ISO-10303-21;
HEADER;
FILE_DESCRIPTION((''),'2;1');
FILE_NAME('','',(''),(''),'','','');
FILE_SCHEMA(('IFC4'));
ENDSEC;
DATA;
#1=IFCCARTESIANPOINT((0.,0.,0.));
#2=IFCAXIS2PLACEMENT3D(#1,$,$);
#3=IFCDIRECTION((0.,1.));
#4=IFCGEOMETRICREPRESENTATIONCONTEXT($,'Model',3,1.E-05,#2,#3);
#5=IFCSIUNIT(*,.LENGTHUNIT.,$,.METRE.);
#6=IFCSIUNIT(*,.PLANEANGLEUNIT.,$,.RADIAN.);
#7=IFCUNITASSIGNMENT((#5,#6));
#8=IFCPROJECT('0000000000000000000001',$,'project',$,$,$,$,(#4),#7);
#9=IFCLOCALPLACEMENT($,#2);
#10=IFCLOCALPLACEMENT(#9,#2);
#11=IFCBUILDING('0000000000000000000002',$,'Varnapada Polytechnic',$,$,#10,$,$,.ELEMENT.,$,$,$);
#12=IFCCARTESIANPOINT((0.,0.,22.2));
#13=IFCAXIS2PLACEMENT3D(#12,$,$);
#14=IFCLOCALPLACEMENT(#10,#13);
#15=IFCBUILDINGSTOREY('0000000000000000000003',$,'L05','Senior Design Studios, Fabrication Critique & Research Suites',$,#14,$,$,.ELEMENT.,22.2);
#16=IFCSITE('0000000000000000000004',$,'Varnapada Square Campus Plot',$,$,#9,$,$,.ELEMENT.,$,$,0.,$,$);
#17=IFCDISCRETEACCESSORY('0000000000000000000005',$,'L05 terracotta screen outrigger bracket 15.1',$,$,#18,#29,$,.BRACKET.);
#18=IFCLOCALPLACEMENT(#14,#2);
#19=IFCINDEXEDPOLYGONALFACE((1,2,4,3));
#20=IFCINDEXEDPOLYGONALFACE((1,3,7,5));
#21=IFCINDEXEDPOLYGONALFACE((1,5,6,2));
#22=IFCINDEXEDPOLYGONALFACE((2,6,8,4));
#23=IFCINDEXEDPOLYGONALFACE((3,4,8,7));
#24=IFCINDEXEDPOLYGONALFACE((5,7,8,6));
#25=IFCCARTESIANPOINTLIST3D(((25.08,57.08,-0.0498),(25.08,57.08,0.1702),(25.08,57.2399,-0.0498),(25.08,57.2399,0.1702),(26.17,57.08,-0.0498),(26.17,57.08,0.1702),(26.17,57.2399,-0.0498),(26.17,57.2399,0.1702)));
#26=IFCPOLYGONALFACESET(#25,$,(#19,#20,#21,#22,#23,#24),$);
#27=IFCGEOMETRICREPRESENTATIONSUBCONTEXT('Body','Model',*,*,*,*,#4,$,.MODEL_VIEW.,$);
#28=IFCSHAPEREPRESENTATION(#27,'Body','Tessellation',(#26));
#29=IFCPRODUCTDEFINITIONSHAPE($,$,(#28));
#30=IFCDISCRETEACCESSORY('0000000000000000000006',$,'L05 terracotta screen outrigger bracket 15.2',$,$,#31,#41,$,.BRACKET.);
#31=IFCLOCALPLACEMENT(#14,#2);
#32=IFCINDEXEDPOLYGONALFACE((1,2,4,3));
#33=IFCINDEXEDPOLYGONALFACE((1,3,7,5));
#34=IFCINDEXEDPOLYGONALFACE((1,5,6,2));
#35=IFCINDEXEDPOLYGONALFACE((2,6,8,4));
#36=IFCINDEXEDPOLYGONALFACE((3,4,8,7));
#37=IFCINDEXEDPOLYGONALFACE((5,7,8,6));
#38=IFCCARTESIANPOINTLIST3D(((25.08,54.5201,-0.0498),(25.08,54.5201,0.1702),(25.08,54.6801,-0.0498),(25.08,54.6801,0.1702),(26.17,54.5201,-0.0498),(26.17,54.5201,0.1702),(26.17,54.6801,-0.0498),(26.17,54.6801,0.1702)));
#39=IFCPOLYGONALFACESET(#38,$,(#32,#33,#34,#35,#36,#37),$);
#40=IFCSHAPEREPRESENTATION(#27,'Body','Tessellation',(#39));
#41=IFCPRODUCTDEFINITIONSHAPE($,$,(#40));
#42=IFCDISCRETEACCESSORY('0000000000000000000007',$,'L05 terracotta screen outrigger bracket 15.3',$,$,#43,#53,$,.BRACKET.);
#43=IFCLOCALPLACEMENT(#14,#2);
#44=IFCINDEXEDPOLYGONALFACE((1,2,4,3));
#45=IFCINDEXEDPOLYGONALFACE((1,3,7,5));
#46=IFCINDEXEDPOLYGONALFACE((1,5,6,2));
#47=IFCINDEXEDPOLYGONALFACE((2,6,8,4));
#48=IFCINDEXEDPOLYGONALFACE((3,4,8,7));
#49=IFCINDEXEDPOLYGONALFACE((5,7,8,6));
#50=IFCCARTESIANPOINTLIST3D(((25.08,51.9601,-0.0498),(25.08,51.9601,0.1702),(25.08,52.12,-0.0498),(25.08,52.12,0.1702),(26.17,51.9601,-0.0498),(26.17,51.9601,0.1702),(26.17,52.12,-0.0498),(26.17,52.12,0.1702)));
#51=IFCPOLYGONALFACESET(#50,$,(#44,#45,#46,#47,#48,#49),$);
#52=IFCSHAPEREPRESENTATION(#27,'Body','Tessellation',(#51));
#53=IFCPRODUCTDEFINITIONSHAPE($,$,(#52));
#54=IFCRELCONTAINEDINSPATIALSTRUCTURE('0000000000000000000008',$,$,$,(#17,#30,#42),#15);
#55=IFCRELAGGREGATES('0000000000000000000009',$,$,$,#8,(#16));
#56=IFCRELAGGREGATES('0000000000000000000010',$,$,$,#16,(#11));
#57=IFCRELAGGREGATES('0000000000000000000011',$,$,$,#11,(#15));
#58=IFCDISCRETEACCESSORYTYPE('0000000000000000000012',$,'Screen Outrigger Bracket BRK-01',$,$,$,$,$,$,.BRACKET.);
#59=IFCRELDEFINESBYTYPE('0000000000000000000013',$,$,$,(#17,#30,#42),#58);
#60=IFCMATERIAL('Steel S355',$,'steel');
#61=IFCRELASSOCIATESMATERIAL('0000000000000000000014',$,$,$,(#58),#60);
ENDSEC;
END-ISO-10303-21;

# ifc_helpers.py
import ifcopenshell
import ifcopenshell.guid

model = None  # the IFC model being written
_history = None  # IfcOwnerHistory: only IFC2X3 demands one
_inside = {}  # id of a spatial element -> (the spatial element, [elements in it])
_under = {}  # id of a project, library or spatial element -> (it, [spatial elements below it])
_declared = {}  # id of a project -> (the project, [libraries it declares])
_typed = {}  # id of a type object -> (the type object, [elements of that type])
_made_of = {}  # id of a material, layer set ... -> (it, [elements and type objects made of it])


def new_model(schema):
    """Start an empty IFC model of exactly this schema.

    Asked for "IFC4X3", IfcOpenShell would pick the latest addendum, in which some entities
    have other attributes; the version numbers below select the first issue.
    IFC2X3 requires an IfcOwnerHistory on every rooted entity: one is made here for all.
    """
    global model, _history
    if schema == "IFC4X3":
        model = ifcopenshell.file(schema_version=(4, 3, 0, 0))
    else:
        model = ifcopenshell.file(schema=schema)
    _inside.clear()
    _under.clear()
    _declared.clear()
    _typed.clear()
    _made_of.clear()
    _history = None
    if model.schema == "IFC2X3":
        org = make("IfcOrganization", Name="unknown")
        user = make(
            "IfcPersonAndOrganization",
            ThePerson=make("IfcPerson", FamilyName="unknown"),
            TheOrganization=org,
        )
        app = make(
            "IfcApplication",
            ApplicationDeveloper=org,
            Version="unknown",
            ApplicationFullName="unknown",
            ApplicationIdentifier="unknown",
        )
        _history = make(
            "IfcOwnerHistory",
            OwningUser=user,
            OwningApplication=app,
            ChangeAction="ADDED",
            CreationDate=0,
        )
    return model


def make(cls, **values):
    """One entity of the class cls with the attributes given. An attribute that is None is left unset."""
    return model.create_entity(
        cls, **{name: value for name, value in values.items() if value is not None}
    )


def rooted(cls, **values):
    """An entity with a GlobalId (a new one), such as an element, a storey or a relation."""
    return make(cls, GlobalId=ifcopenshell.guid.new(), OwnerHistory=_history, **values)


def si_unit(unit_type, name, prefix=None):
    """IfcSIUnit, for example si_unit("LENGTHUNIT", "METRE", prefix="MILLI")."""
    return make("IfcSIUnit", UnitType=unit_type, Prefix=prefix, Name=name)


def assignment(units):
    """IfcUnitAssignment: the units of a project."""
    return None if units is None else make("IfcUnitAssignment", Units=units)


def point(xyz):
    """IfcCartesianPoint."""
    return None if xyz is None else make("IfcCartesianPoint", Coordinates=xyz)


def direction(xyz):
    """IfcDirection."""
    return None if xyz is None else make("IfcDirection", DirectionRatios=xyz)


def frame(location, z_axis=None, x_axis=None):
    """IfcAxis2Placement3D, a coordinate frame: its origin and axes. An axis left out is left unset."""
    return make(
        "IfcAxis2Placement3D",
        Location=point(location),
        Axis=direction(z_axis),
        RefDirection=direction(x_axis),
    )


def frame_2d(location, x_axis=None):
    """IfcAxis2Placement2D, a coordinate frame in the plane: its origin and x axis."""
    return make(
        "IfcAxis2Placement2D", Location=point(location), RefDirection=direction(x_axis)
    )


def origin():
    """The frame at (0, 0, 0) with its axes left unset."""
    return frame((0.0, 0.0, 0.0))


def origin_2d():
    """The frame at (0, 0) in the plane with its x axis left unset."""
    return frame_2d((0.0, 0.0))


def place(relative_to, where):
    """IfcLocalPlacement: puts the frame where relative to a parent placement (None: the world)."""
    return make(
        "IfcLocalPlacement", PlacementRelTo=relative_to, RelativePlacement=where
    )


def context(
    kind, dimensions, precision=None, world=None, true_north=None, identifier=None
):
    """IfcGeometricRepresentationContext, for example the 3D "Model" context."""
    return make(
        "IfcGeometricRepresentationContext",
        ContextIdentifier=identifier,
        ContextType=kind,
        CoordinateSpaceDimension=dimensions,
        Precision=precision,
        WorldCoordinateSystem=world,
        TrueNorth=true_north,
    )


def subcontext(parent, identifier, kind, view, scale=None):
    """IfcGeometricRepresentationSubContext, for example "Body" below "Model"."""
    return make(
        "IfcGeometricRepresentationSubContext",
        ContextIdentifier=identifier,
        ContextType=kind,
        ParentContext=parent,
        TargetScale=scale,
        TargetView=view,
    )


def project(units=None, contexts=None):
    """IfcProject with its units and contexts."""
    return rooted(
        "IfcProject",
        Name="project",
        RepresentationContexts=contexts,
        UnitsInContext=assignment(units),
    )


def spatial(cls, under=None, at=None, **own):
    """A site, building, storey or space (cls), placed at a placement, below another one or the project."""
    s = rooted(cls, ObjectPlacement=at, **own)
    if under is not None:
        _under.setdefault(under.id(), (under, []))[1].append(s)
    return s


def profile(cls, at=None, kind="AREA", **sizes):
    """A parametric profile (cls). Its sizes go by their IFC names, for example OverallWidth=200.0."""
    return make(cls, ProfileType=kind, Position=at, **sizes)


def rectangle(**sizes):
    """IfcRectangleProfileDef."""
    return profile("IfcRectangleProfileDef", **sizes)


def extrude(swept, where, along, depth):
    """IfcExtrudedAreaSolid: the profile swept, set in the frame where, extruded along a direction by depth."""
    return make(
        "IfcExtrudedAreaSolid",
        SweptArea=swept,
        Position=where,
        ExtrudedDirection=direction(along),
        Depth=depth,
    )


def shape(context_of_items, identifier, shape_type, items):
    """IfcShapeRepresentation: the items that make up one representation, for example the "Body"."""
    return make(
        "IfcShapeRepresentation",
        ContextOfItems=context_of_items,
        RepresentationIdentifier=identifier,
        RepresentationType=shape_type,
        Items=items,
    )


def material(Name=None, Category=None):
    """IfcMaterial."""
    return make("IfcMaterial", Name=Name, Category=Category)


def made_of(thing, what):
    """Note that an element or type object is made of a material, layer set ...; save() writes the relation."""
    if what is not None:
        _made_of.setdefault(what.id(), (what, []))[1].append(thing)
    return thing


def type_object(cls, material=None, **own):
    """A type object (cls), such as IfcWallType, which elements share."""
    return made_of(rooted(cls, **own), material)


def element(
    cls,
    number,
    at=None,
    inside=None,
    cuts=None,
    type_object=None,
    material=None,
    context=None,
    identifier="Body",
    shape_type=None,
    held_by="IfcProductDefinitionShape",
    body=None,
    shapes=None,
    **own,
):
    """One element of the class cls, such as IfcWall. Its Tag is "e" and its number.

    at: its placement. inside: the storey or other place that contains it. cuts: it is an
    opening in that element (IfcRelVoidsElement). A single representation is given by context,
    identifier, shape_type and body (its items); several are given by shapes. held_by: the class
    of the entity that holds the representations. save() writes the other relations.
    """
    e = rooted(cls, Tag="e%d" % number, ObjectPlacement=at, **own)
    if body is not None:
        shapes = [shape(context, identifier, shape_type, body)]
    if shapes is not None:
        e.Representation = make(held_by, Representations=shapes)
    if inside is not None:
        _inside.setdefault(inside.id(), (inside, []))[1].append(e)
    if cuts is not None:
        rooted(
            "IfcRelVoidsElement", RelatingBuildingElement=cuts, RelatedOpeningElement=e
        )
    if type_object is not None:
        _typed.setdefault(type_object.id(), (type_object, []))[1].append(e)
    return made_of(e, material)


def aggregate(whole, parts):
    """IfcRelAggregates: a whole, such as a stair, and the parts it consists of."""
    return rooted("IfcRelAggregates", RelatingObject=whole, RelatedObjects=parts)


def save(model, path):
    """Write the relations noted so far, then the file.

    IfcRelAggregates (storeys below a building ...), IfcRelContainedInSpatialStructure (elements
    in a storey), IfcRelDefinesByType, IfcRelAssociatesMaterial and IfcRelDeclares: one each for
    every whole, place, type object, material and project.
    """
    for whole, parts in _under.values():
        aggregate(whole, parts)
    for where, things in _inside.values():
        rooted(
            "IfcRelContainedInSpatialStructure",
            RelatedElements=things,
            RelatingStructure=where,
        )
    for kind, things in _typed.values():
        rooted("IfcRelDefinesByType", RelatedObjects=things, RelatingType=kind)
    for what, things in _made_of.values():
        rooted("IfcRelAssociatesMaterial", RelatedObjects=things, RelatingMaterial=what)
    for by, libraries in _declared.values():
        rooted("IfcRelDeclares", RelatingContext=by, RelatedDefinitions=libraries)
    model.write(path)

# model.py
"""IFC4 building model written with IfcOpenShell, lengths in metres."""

from ifc_helpers import new_model, si_unit, direction, frame, origin, origin_2d, place, context, subcontext, project, spatial, rectangle, extrude, material, type_object, element, save


model = new_model("IFC4")

# Units and contexts
model_context = context("Model", 3, precision=1e-05, world=origin(), true_north=direction((0.0, 1.0)))
body_context = subcontext(model_context, "Body", "Model", "MODEL_VIEW")
ifc_project = project(units=[si_unit("LENGTHUNIT", "METRE"), si_unit("PLANEANGLEUNIT", "RADIAN")], contexts=[model_context])

# Site, building, storey
site_placement = place(None, origin())
site = spatial("IfcSite", under=ifc_project, at=site_placement, Name="Varnapada Square Campus Plot", CompositionType="ELEMENT", RefElevation=0.0)
building_placement = place(site_placement, origin())
building = spatial("IfcBuilding", under=site, at=building_placement, Name="Varnapada Polytechnic", CompositionType="ELEMENT")
storey_placement = place(building_placement, frame((0.0, 0.0, 22.2)))
storey = spatial("IfcBuildingStorey", under=building, at=storey_placement, Name="L05", Description="Senior Design Studios, Fabrication Critique & Research Suites", CompositionType="ELEMENT", Elevation=22.2)

# Discrete accessories
ifc_material_1 = material(Name="Steel S355", Category="steel")
discrete_accessory_type = type_object("IfcDiscreteAccessoryType", Name="Screen Outrigger Bracket BRK-01", PredefinedType="BRACKET", material=ifc_material_1)
for number, where, z_axis, x_axis, name in (
    (1, (25.625, 57.1599, -0.0498), (0.0, 0.0, 1.0), (0.0, -1.0, 0.0), "L05 terracotta screen outrigger bracket 15.1"),
    (2, (25.625, 54.6001, -0.0498), (0.0, 0.0, 1.0), (0.0, -1.0, 0.0), "L05 terracotta screen outrigger bracket 15.2"),
    (3, (25.625, 52.04, -0.0498), (0.0, 0.0, 1.0), (0.0, -1.0, 0.0), "L05 terracotta screen outrigger bracket 15.3"),
):
    element("IfcDiscreteAccessory", number, at=place(storey_placement, frame(where, z_axis=z_axis, x_axis=x_axis)), inside=storey, type_object=discrete_accessory_type, Name=name, PredefinedType="BRACKET", context=body_context, shape_type="SweptSolid", body=[
        extrude(rectangle(XDim=0.1599, YDim=1.0901, at=origin_2d()), origin(), (0.0, 0.0, 1.0), 0.22),
    ])

save(model, "model.ifc")
